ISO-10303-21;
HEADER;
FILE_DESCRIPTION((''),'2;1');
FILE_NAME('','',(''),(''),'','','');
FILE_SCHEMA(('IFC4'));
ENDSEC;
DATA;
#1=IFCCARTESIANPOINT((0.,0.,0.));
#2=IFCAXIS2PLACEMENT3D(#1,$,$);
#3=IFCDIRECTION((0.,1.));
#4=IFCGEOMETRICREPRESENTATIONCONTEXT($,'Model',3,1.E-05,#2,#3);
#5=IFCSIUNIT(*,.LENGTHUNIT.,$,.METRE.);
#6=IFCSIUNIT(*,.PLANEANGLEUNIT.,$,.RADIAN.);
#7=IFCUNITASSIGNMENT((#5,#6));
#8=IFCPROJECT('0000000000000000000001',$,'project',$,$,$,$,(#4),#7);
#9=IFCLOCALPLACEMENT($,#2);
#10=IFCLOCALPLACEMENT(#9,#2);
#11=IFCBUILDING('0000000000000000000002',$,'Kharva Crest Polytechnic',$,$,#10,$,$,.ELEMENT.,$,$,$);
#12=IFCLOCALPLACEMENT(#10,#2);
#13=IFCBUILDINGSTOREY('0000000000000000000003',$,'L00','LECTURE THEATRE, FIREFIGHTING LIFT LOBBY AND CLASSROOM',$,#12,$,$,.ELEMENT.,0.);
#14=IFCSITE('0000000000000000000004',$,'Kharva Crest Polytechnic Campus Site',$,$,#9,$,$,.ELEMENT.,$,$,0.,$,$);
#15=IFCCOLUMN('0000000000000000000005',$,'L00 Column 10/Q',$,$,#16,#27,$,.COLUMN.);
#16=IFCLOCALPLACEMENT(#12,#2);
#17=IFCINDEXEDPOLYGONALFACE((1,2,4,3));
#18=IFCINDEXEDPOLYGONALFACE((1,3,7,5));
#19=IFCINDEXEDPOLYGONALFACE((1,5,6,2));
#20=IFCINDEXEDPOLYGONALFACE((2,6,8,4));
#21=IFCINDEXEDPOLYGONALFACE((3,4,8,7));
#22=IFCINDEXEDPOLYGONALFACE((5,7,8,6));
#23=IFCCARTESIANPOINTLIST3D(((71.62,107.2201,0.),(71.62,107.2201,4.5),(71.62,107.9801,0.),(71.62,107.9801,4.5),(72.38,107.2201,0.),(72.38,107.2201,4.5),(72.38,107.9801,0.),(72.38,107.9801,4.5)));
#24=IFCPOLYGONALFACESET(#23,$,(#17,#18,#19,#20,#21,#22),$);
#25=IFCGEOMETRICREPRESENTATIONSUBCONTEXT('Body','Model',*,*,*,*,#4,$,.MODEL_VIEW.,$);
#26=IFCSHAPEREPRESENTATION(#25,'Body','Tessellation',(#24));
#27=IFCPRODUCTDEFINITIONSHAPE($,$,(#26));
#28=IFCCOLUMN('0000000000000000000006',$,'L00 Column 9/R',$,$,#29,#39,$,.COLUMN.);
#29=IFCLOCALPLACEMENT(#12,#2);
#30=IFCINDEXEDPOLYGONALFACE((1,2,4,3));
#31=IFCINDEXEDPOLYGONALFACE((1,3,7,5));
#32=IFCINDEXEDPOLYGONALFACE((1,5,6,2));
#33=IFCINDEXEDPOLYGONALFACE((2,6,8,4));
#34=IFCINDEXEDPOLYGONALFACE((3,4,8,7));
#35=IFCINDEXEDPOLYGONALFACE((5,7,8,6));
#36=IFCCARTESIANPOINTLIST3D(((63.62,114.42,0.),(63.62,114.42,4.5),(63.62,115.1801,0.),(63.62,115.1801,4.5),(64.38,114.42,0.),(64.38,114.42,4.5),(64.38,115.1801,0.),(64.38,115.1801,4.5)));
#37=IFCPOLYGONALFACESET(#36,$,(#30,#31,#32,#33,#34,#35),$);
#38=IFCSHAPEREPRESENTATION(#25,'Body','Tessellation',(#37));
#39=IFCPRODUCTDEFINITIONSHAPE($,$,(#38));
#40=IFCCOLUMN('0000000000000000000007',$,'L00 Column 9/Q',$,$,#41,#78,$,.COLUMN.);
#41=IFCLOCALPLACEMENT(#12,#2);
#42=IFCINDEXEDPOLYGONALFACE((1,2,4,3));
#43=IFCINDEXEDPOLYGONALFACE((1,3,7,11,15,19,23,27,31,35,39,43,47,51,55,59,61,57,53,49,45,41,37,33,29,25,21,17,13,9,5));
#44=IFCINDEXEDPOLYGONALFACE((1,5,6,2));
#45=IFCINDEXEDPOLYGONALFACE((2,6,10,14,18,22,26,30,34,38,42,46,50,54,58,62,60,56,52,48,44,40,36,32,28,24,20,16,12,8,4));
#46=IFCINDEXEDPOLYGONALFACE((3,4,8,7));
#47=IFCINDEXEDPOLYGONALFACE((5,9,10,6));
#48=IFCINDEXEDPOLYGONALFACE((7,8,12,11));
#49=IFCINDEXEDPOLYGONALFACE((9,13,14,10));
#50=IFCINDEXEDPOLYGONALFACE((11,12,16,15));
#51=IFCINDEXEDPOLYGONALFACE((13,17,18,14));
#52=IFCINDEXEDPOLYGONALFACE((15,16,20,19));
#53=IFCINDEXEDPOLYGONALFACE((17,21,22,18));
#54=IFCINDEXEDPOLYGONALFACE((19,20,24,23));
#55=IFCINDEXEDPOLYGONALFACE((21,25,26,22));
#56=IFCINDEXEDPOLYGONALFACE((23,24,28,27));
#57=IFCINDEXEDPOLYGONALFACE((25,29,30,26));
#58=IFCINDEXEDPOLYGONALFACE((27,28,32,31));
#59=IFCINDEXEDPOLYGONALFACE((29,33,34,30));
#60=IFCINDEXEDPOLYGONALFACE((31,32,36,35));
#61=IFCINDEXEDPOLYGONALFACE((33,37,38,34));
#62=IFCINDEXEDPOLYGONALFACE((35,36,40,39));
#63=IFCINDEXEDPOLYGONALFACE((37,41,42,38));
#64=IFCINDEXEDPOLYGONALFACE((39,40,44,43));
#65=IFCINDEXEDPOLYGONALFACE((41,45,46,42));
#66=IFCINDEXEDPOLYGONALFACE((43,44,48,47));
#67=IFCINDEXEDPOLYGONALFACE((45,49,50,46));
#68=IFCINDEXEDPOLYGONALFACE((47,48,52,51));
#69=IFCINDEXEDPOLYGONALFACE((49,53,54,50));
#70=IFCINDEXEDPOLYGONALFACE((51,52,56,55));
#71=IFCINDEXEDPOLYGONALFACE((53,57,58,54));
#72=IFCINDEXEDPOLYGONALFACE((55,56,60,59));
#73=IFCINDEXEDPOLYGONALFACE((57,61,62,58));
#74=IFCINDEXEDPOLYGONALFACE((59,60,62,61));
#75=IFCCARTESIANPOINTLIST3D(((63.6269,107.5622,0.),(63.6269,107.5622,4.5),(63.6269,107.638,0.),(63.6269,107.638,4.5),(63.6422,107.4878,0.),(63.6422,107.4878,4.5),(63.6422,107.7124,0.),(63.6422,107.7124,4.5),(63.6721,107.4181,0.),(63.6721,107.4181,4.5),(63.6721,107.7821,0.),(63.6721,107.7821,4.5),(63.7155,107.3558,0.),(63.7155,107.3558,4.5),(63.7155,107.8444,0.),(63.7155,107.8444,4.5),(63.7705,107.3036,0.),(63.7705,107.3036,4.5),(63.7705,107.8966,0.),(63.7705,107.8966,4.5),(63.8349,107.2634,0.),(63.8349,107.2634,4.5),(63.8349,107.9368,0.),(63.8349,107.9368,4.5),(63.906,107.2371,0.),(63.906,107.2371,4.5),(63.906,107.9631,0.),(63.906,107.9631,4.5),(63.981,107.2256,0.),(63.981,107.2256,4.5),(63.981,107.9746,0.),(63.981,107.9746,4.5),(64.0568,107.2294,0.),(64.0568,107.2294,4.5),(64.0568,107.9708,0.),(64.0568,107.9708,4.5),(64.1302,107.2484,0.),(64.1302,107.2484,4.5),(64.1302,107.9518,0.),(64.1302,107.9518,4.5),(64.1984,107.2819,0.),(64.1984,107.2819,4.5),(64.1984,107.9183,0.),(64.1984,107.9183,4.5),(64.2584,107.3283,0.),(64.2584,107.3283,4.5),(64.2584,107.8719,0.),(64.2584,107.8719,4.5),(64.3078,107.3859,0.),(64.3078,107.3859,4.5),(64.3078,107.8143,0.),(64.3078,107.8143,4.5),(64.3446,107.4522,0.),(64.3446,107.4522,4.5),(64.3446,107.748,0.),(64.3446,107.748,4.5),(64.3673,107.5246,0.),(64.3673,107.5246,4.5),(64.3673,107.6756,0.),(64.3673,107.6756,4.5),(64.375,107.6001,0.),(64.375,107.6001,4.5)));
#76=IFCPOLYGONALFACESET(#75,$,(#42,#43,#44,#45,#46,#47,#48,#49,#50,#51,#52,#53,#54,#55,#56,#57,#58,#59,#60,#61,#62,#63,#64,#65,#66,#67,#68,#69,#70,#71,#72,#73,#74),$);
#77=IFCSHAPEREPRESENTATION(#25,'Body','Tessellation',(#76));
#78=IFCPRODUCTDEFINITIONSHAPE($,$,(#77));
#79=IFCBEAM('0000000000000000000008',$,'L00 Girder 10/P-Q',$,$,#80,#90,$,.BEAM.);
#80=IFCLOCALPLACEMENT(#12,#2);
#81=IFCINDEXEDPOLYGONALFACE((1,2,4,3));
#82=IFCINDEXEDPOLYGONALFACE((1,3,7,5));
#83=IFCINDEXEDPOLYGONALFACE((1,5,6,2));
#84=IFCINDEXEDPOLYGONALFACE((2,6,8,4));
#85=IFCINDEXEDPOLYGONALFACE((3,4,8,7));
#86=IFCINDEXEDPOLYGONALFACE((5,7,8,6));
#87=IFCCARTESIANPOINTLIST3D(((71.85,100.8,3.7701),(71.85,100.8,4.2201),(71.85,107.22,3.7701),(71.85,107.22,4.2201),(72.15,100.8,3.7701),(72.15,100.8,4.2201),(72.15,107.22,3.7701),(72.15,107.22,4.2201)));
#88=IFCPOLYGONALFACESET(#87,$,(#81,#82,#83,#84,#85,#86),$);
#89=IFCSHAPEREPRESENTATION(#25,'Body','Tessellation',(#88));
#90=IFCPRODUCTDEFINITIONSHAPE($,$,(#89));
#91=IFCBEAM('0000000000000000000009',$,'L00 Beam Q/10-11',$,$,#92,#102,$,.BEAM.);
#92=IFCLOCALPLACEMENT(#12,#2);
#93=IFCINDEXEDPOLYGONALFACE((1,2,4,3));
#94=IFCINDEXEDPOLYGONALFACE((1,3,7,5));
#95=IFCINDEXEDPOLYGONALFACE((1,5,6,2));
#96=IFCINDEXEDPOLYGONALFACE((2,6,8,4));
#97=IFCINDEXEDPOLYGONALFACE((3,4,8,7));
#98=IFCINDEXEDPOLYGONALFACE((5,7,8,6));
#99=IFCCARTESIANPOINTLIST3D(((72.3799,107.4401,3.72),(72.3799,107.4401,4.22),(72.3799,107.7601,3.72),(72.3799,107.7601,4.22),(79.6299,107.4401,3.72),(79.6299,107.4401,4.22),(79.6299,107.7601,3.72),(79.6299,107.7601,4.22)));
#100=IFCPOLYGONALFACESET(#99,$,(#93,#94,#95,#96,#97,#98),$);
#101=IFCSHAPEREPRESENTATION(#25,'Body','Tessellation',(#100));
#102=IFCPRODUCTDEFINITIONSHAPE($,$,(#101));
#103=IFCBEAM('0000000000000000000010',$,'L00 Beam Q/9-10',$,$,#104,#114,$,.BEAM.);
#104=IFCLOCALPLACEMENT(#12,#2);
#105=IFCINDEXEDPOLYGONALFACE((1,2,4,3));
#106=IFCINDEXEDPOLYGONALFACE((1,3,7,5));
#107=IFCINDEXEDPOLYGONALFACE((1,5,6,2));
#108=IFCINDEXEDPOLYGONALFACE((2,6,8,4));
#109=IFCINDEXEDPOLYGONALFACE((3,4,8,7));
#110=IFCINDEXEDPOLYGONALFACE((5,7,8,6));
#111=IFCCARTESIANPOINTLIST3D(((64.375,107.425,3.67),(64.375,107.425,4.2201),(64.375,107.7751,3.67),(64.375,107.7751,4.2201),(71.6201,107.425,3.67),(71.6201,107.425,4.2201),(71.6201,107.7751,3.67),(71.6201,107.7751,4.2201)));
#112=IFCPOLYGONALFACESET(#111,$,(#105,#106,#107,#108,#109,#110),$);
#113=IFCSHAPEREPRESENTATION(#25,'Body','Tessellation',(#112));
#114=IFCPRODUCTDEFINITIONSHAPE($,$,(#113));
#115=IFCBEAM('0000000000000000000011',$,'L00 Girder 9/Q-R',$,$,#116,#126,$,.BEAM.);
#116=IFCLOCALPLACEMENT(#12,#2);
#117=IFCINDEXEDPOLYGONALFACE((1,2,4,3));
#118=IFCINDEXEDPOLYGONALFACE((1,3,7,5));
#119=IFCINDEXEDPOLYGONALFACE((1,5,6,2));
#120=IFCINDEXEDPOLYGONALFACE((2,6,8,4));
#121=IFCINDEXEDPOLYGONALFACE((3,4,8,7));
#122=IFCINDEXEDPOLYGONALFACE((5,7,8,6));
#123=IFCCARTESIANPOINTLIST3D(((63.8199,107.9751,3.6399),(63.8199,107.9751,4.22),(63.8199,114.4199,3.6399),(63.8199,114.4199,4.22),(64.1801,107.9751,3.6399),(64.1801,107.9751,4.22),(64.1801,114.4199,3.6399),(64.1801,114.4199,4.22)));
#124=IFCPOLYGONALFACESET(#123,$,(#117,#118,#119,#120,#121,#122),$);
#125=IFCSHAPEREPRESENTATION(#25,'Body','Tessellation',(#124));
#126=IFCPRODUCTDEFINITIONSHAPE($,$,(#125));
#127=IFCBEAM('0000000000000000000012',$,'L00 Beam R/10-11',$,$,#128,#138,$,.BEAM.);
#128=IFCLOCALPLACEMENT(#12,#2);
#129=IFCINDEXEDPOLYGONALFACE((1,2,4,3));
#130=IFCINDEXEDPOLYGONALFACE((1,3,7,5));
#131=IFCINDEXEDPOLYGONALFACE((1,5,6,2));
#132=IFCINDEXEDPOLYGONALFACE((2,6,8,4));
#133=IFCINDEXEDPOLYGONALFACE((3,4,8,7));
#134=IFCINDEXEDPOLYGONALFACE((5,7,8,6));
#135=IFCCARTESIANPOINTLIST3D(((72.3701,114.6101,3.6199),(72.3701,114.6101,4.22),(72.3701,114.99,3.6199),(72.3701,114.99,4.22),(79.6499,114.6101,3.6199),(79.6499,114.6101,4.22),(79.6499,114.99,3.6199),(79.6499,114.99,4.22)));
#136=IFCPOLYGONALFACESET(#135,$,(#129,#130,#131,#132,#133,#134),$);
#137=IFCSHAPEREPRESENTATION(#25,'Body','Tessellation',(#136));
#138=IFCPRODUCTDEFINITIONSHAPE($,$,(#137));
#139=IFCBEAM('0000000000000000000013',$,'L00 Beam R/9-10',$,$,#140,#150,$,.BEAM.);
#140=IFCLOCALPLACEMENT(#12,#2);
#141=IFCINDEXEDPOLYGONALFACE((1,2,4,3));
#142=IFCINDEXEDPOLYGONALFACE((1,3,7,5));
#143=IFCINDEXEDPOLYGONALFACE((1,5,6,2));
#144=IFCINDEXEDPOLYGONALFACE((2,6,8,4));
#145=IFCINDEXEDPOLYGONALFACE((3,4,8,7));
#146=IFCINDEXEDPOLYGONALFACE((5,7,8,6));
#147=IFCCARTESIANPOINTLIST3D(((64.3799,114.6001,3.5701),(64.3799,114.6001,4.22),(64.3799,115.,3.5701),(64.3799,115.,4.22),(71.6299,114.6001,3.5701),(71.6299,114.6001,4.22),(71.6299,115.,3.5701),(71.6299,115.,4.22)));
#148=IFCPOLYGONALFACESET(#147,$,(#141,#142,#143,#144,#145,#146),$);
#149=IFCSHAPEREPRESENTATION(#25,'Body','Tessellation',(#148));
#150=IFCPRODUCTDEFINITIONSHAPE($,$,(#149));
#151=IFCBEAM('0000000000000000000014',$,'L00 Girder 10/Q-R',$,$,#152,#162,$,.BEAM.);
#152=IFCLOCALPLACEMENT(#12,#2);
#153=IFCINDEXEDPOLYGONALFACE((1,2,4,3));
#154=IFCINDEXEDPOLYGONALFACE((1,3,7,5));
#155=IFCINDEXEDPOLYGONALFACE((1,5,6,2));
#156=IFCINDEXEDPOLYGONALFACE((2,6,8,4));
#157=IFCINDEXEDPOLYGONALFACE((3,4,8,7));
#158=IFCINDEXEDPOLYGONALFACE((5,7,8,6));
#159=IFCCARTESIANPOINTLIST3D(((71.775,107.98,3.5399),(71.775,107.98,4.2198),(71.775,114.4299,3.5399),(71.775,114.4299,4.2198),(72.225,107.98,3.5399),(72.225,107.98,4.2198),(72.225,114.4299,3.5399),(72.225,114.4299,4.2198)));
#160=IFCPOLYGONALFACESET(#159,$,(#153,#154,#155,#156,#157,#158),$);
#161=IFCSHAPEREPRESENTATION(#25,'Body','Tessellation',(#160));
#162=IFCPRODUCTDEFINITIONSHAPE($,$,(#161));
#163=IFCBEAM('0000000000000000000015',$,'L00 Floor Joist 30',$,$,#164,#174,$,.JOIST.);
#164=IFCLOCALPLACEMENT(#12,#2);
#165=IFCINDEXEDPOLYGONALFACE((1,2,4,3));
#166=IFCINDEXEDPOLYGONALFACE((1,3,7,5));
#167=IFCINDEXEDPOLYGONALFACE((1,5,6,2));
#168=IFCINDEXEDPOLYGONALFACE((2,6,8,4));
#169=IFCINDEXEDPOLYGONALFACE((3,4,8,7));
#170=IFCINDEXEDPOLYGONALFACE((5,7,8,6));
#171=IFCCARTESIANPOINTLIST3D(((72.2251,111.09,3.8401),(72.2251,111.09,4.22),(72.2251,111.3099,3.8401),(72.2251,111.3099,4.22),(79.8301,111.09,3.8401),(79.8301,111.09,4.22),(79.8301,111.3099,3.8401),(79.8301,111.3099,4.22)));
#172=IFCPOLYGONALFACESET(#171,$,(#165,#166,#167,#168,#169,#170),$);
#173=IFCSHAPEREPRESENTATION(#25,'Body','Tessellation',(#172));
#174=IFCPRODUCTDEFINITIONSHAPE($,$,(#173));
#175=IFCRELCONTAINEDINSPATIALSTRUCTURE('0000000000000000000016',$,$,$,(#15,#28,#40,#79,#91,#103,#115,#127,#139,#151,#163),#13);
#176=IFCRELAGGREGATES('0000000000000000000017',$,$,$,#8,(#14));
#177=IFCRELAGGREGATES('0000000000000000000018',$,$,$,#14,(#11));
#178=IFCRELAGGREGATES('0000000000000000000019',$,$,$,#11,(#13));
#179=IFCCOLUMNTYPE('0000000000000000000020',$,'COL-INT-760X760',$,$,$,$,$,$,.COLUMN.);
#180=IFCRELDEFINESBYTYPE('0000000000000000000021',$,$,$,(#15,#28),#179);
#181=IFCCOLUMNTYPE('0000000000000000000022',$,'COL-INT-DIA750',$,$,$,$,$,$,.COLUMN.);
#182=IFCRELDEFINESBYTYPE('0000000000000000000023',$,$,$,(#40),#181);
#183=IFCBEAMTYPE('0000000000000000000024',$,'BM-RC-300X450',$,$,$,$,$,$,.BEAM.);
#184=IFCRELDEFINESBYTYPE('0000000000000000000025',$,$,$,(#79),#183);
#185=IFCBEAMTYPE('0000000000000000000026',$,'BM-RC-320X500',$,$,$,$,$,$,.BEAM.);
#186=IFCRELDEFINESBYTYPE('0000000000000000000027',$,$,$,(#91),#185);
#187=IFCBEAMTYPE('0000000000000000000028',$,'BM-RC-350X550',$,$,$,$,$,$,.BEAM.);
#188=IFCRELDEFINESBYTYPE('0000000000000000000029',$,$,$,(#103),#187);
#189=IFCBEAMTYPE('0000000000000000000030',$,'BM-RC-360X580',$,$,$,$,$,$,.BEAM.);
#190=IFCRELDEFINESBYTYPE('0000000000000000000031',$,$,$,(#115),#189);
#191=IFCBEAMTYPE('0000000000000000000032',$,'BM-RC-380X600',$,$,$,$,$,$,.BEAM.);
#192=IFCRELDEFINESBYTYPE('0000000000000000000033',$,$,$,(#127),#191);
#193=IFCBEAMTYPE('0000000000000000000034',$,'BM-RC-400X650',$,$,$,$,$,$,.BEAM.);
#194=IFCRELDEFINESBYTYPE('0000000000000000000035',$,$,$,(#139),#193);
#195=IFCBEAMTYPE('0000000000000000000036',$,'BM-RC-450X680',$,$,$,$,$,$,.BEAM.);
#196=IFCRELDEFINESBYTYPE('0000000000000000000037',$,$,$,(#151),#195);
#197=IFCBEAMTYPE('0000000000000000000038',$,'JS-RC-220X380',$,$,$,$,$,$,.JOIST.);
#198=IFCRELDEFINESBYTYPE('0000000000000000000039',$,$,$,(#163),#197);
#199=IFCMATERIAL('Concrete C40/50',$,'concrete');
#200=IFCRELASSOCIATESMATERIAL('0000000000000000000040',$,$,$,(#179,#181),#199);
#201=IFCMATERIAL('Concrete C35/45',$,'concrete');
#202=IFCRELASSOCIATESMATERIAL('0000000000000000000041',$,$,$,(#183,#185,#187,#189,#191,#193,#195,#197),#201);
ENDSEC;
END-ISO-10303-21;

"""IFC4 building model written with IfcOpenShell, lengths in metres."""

from ifc_helpers import new_model, si_unit, direction, frame, origin, origin_2d, place, context, subcontext, project, spatial, rectangle, circle, extrude, material, material_profile, profile_set, type_object, element, save


model = new_model("IFC4")

# Units and contexts
model_context = context("Model", 3, precision=1e-05, world=origin(), true_north=direction((0.0, 1.0)))
body_context = subcontext(model_context, "Body", "Model", "MODEL_VIEW")
ifc_project = project(units=[si_unit("LENGTHUNIT", "METRE"), si_unit("PLANEANGLEUNIT", "RADIAN")], contexts=[model_context])

# Site, building, storey
site_placement = place(None, origin())
site = spatial("IfcSite", under=ifc_project, at=site_placement, Name="Kharva Crest Polytechnic Campus Site", CompositionType="ELEMENT", RefElevation=0.0)
building_placement = place(site_placement, origin())
building = spatial("IfcBuilding", under=site, at=building_placement, Name="Kharva Crest Polytechnic", CompositionType="ELEMENT")
storey_placement = place(building_placement, origin())
storey = spatial("IfcBuildingStorey", under=building, at=storey_placement, Name="L00", Description="LECTURE THEATRE, FIREFIGHTING LIFT LOBBY AND CLASSROOM", CompositionType="ELEMENT", Elevation=0.0)

# Shared definitions
ifc_material_1 = material(Name="Concrete C35/45", Category="concrete")

# Columns
ifc_material_2 = material(Name="Concrete C40/50", Category="concrete")
ifc_material_profile_1 = material_profile(ifc_material_2, rectangle(XDim=0.76, YDim=0.76, at=origin_2d()), Name="RECT 760 X 760")
ifc_profile_set_1 = profile_set([ifc_material_profile_1], Name="Concrete C40/50")
column_type_1 = type_object("IfcColumnType", Name="COL-INT-760X760", PredefinedType="COLUMN", material=ifc_profile_set_1)
for number, where, z_axis, x_axis, name in (
    (1, (72.0, 107.6001, 0.0), (0.0, 0.0, 1.0), (1.0, 0.0, 0.0), "L00 Column 10/Q"),
    (2, (64.0, 114.8, 0.0), (0.0, 0.0, 1.0), (1.0, 0.0, 0.0), "L00 Column 9/R"),
):
    element("IfcColumn", number, at=place(storey_placement, frame(where, z_axis=z_axis, x_axis=x_axis)), inside=storey, type_object=column_type_1, Name=name, PredefinedType="COLUMN", context=body_context, shape_type="SweptSolid", body=[
        extrude(rectangle(XDim=0.76, YDim=0.76, at=origin_2d()), origin(), (0.0, 0.0, 1.0), 4.5),
    ])
ifc_material_profile_2 = material_profile(ifc_material_2, circle(Radius=0.375, at=origin_2d()), Name="DIA 750")
ifc_profile_set_2 = profile_set([ifc_material_profile_2], Name="Concrete C40/50")
column_type_2 = type_object("IfcColumnType", Name="COL-INT-DIA750", PredefinedType="COLUMN", material=ifc_profile_set_2)
column_1_placement = place(storey_placement, frame((64.0, 107.6001, 0.0), z_axis=(0.0, 0.0, 1.0), x_axis=(1.0, 0.0, 0.0)))
element("IfcColumn", 3, at=column_1_placement, inside=storey, type_object=column_type_2, Name="L00 Column 9/Q", PredefinedType="COLUMN", context=body_context, shape_type="SweptSolid", body=[
    extrude(circle(Radius=0.375, at=origin_2d()), origin(), (0.0, 0.0, 1.0), 4.5),
])

# Beams
ifc_material_profile_3 = material_profile(ifc_material_1, rectangle(XDim=0.3, YDim=0.45, at=origin_2d()), Name="RECT 300 X 450")
ifc_profile_set_3 = profile_set([ifc_material_profile_3], Name="Concrete C35/45")
beam_type_1 = type_object("IfcBeamType", Name="BM-RC-300X450", PredefinedType="BEAM", material=ifc_profile_set_3)
beam_1_placement = place(storey_placement, frame((72.0, 100.8, 3.9951), z_axis=(0.0, 1.0, 0.0), x_axis=(-1.0, 0.0, 0.0)))
element("IfcBeam", 4, at=beam_1_placement, inside=storey, type_object=beam_type_1, Name="L00 Girder 10/P-Q", PredefinedType="BEAM", context=body_context, shape_type="SweptSolid", body=[
    extrude(rectangle(XDim=0.3, YDim=0.45, at=origin_2d()), origin(), (0.0, 0.0, 1.0), 6.4199),
])
ifc_material_profile_4 = material_profile(ifc_material_1, rectangle(XDim=0.3201, YDim=0.5, at=origin_2d()), Name="RECT 320 X 500")
ifc_profile_set_4 = profile_set([ifc_material_profile_4], Name="Concrete C35/45")
beam_type_2 = type_object("IfcBeamType", Name="BM-RC-320X500", PredefinedType="BEAM", material=ifc_profile_set_4)
beam_2_placement = place(storey_placement, frame((72.3799, 107.6001, 3.97), z_axis=(1.0, 0.0, 0.0), x_axis=(0.0, 1.0, 0.0)))
element("IfcBeam", 5, at=beam_2_placement, inside=storey, type_object=beam_type_2, Name="L00 Beam Q/10-11", PredefinedType="BEAM", context=body_context, shape_type="SweptSolid", body=[
    extrude(rectangle(XDim=0.3201, YDim=0.5, at=origin_2d()), origin(), (0.0, 0.0, 1.0), 7.25),
])
ifc_material_profile_5 = material_profile(ifc_material_1, rectangle(XDim=0.3501, YDim=0.55, at=origin_2d()), Name="RECT 350 X 550")
ifc_profile_set_5 = profile_set([ifc_material_profile_5], Name="Concrete C35/45")
beam_type_3 = type_object("IfcBeamType", Name="BM-RC-350X550", PredefinedType="BEAM", material=ifc_profile_set_5)
beam_3_placement = place(storey_placement, frame((64.375, 107.6001, 3.9451), z_axis=(1.0, 0.0, 0.0), x_axis=(0.0, 1.0, 0.0)))
element("IfcBeam", 6, at=beam_3_placement, inside=storey, type_object=beam_type_3, Name="L00 Beam Q/9-10", PredefinedType="BEAM", context=body_context, shape_type="SweptSolid", body=[
    extrude(rectangle(XDim=0.3501, YDim=0.55, at=origin_2d()), origin(), (0.0, 0.0, 1.0), 7.2451),
])
ifc_material_profile_6 = material_profile(ifc_material_1, rectangle(XDim=0.3601, YDim=0.5801, at=origin_2d()), Name="RECT 360 X 580")
ifc_profile_set_6 = profile_set([ifc_material_profile_6], Name="Concrete C35/45")
beam_type_4 = type_object("IfcBeamType", Name="BM-RC-360X580", PredefinedType="BEAM", material=ifc_profile_set_6)
beam_4_placement = place(storey_placement, frame((64.0, 107.9751, 3.9299), z_axis=(0.0, 1.0, 0.0), x_axis=(-1.0, 0.0, 0.0)))
element("IfcBeam", 7, at=beam_4_placement, inside=storey, type_object=beam_type_4, Name="L00 Girder 9/Q-R", PredefinedType="BEAM", context=body_context, shape_type="SweptSolid", body=[
    extrude(rectangle(XDim=0.3601, YDim=0.5801, at=origin_2d()), origin(), (0.0, 0.0, 1.0), 6.4448),
])
ifc_material_profile_7 = material_profile(ifc_material_1, rectangle(XDim=0.3799, YDim=0.6001, at=origin_2d()), Name="RECT 380 X 600")
ifc_profile_set_7 = profile_set([ifc_material_profile_7], Name="Concrete C35/45")
beam_type_5 = type_object("IfcBeamType", Name="BM-RC-380X600", PredefinedType="BEAM", material=ifc_profile_set_7)
beam_5_placement = place(storey_placement, frame((72.3701, 114.8, 3.9199), z_axis=(1.0, 0.0, 0.0), x_axis=(0.0, 1.0, 0.0)))
element("IfcBeam", 8, at=beam_5_placement, inside=storey, type_object=beam_type_5, Name="L00 Beam R/10-11", PredefinedType="BEAM", context=body_context, shape_type="SweptSolid", body=[
    extrude(rectangle(XDim=0.3799, YDim=0.6001, at=origin_2d()), origin(), (0.0, 0.0, 1.0), 7.2798),
])
ifc_material_profile_8 = material_profile(ifc_material_1, rectangle(XDim=0.3999, YDim=0.6499, at=origin_2d()), Name="RECT 400 X 650")
ifc_profile_set_8 = profile_set([ifc_material_profile_8], Name="Concrete C35/45")
beam_type_6 = type_object("IfcBeamType", Name="BM-RC-400X650", PredefinedType="BEAM", material=ifc_profile_set_8)
beam_6_placement = place(storey_placement, frame((64.3799, 114.8, 3.895), z_axis=(1.0, 0.0, 0.0), x_axis=(0.0, 1.0, 0.0)))
element("IfcBeam", 9, at=beam_6_placement, inside=storey, type_object=beam_type_6, Name="L00 Beam R/9-10", PredefinedType="BEAM", context=body_context, shape_type="SweptSolid", body=[
    extrude(rectangle(XDim=0.3999, YDim=0.6499, at=origin_2d()), origin(), (0.0, 0.0, 1.0), 7.25),
])
ifc_material_profile_9 = material_profile(ifc_material_1, rectangle(XDim=0.45, YDim=0.6799, at=origin_2d()), Name="RECT 450 X 680")
ifc_profile_set_9 = profile_set([ifc_material_profile_9], Name="Concrete C35/45")
beam_type_7 = type_object("IfcBeamType", Name="BM-RC-450X680", PredefinedType="BEAM", material=ifc_profile_set_9)
beam_7_placement = place(storey_placement, frame((72.0, 107.98, 3.8799), z_axis=(0.0, 1.0, 0.0), x_axis=(-1.0, 0.0, 0.0)))
element("IfcBeam", 10, at=beam_7_placement, inside=storey, type_object=beam_type_7, Name="L00 Girder 10/Q-R", PredefinedType="BEAM", context=body_context, shape_type="SweptSolid", body=[
    extrude(rectangle(XDim=0.45, YDim=0.6799, at=origin_2d()), origin(), (0.0, 0.0, 1.0), 6.45),
])
ifc_material_profile_10 = material_profile(ifc_material_1, rectangle(XDim=0.22, YDim=0.3799, at=origin_2d()), Name="RECT 220 X 380")
ifc_profile_set_10 = profile_set([ifc_material_profile_10], Name="Concrete C35/45")
beam_type_8 = type_object("IfcBeamType", Name="JS-RC-220X380", PredefinedType="JOIST", material=ifc_profile_set_10)
beam_8_placement = place(storey_placement, frame((72.2251, 111.2, 4.03), z_axis=(1.0, 0.0, 0.0), x_axis=(0.0, 1.0, 0.0)))
element("IfcBeam", 11, at=beam_8_placement, inside=storey, type_object=beam_type_8, Name="L00 Floor Joist 30", PredefinedType="JOIST", context=body_context, shape_type="SweptSolid", body=[
    extrude(rectangle(XDim=0.22, YDim=0.3799, at=origin_2d()), origin(), (0.0, 0.0, 1.0), 7.605),
])

save(model, "model.ifc")
